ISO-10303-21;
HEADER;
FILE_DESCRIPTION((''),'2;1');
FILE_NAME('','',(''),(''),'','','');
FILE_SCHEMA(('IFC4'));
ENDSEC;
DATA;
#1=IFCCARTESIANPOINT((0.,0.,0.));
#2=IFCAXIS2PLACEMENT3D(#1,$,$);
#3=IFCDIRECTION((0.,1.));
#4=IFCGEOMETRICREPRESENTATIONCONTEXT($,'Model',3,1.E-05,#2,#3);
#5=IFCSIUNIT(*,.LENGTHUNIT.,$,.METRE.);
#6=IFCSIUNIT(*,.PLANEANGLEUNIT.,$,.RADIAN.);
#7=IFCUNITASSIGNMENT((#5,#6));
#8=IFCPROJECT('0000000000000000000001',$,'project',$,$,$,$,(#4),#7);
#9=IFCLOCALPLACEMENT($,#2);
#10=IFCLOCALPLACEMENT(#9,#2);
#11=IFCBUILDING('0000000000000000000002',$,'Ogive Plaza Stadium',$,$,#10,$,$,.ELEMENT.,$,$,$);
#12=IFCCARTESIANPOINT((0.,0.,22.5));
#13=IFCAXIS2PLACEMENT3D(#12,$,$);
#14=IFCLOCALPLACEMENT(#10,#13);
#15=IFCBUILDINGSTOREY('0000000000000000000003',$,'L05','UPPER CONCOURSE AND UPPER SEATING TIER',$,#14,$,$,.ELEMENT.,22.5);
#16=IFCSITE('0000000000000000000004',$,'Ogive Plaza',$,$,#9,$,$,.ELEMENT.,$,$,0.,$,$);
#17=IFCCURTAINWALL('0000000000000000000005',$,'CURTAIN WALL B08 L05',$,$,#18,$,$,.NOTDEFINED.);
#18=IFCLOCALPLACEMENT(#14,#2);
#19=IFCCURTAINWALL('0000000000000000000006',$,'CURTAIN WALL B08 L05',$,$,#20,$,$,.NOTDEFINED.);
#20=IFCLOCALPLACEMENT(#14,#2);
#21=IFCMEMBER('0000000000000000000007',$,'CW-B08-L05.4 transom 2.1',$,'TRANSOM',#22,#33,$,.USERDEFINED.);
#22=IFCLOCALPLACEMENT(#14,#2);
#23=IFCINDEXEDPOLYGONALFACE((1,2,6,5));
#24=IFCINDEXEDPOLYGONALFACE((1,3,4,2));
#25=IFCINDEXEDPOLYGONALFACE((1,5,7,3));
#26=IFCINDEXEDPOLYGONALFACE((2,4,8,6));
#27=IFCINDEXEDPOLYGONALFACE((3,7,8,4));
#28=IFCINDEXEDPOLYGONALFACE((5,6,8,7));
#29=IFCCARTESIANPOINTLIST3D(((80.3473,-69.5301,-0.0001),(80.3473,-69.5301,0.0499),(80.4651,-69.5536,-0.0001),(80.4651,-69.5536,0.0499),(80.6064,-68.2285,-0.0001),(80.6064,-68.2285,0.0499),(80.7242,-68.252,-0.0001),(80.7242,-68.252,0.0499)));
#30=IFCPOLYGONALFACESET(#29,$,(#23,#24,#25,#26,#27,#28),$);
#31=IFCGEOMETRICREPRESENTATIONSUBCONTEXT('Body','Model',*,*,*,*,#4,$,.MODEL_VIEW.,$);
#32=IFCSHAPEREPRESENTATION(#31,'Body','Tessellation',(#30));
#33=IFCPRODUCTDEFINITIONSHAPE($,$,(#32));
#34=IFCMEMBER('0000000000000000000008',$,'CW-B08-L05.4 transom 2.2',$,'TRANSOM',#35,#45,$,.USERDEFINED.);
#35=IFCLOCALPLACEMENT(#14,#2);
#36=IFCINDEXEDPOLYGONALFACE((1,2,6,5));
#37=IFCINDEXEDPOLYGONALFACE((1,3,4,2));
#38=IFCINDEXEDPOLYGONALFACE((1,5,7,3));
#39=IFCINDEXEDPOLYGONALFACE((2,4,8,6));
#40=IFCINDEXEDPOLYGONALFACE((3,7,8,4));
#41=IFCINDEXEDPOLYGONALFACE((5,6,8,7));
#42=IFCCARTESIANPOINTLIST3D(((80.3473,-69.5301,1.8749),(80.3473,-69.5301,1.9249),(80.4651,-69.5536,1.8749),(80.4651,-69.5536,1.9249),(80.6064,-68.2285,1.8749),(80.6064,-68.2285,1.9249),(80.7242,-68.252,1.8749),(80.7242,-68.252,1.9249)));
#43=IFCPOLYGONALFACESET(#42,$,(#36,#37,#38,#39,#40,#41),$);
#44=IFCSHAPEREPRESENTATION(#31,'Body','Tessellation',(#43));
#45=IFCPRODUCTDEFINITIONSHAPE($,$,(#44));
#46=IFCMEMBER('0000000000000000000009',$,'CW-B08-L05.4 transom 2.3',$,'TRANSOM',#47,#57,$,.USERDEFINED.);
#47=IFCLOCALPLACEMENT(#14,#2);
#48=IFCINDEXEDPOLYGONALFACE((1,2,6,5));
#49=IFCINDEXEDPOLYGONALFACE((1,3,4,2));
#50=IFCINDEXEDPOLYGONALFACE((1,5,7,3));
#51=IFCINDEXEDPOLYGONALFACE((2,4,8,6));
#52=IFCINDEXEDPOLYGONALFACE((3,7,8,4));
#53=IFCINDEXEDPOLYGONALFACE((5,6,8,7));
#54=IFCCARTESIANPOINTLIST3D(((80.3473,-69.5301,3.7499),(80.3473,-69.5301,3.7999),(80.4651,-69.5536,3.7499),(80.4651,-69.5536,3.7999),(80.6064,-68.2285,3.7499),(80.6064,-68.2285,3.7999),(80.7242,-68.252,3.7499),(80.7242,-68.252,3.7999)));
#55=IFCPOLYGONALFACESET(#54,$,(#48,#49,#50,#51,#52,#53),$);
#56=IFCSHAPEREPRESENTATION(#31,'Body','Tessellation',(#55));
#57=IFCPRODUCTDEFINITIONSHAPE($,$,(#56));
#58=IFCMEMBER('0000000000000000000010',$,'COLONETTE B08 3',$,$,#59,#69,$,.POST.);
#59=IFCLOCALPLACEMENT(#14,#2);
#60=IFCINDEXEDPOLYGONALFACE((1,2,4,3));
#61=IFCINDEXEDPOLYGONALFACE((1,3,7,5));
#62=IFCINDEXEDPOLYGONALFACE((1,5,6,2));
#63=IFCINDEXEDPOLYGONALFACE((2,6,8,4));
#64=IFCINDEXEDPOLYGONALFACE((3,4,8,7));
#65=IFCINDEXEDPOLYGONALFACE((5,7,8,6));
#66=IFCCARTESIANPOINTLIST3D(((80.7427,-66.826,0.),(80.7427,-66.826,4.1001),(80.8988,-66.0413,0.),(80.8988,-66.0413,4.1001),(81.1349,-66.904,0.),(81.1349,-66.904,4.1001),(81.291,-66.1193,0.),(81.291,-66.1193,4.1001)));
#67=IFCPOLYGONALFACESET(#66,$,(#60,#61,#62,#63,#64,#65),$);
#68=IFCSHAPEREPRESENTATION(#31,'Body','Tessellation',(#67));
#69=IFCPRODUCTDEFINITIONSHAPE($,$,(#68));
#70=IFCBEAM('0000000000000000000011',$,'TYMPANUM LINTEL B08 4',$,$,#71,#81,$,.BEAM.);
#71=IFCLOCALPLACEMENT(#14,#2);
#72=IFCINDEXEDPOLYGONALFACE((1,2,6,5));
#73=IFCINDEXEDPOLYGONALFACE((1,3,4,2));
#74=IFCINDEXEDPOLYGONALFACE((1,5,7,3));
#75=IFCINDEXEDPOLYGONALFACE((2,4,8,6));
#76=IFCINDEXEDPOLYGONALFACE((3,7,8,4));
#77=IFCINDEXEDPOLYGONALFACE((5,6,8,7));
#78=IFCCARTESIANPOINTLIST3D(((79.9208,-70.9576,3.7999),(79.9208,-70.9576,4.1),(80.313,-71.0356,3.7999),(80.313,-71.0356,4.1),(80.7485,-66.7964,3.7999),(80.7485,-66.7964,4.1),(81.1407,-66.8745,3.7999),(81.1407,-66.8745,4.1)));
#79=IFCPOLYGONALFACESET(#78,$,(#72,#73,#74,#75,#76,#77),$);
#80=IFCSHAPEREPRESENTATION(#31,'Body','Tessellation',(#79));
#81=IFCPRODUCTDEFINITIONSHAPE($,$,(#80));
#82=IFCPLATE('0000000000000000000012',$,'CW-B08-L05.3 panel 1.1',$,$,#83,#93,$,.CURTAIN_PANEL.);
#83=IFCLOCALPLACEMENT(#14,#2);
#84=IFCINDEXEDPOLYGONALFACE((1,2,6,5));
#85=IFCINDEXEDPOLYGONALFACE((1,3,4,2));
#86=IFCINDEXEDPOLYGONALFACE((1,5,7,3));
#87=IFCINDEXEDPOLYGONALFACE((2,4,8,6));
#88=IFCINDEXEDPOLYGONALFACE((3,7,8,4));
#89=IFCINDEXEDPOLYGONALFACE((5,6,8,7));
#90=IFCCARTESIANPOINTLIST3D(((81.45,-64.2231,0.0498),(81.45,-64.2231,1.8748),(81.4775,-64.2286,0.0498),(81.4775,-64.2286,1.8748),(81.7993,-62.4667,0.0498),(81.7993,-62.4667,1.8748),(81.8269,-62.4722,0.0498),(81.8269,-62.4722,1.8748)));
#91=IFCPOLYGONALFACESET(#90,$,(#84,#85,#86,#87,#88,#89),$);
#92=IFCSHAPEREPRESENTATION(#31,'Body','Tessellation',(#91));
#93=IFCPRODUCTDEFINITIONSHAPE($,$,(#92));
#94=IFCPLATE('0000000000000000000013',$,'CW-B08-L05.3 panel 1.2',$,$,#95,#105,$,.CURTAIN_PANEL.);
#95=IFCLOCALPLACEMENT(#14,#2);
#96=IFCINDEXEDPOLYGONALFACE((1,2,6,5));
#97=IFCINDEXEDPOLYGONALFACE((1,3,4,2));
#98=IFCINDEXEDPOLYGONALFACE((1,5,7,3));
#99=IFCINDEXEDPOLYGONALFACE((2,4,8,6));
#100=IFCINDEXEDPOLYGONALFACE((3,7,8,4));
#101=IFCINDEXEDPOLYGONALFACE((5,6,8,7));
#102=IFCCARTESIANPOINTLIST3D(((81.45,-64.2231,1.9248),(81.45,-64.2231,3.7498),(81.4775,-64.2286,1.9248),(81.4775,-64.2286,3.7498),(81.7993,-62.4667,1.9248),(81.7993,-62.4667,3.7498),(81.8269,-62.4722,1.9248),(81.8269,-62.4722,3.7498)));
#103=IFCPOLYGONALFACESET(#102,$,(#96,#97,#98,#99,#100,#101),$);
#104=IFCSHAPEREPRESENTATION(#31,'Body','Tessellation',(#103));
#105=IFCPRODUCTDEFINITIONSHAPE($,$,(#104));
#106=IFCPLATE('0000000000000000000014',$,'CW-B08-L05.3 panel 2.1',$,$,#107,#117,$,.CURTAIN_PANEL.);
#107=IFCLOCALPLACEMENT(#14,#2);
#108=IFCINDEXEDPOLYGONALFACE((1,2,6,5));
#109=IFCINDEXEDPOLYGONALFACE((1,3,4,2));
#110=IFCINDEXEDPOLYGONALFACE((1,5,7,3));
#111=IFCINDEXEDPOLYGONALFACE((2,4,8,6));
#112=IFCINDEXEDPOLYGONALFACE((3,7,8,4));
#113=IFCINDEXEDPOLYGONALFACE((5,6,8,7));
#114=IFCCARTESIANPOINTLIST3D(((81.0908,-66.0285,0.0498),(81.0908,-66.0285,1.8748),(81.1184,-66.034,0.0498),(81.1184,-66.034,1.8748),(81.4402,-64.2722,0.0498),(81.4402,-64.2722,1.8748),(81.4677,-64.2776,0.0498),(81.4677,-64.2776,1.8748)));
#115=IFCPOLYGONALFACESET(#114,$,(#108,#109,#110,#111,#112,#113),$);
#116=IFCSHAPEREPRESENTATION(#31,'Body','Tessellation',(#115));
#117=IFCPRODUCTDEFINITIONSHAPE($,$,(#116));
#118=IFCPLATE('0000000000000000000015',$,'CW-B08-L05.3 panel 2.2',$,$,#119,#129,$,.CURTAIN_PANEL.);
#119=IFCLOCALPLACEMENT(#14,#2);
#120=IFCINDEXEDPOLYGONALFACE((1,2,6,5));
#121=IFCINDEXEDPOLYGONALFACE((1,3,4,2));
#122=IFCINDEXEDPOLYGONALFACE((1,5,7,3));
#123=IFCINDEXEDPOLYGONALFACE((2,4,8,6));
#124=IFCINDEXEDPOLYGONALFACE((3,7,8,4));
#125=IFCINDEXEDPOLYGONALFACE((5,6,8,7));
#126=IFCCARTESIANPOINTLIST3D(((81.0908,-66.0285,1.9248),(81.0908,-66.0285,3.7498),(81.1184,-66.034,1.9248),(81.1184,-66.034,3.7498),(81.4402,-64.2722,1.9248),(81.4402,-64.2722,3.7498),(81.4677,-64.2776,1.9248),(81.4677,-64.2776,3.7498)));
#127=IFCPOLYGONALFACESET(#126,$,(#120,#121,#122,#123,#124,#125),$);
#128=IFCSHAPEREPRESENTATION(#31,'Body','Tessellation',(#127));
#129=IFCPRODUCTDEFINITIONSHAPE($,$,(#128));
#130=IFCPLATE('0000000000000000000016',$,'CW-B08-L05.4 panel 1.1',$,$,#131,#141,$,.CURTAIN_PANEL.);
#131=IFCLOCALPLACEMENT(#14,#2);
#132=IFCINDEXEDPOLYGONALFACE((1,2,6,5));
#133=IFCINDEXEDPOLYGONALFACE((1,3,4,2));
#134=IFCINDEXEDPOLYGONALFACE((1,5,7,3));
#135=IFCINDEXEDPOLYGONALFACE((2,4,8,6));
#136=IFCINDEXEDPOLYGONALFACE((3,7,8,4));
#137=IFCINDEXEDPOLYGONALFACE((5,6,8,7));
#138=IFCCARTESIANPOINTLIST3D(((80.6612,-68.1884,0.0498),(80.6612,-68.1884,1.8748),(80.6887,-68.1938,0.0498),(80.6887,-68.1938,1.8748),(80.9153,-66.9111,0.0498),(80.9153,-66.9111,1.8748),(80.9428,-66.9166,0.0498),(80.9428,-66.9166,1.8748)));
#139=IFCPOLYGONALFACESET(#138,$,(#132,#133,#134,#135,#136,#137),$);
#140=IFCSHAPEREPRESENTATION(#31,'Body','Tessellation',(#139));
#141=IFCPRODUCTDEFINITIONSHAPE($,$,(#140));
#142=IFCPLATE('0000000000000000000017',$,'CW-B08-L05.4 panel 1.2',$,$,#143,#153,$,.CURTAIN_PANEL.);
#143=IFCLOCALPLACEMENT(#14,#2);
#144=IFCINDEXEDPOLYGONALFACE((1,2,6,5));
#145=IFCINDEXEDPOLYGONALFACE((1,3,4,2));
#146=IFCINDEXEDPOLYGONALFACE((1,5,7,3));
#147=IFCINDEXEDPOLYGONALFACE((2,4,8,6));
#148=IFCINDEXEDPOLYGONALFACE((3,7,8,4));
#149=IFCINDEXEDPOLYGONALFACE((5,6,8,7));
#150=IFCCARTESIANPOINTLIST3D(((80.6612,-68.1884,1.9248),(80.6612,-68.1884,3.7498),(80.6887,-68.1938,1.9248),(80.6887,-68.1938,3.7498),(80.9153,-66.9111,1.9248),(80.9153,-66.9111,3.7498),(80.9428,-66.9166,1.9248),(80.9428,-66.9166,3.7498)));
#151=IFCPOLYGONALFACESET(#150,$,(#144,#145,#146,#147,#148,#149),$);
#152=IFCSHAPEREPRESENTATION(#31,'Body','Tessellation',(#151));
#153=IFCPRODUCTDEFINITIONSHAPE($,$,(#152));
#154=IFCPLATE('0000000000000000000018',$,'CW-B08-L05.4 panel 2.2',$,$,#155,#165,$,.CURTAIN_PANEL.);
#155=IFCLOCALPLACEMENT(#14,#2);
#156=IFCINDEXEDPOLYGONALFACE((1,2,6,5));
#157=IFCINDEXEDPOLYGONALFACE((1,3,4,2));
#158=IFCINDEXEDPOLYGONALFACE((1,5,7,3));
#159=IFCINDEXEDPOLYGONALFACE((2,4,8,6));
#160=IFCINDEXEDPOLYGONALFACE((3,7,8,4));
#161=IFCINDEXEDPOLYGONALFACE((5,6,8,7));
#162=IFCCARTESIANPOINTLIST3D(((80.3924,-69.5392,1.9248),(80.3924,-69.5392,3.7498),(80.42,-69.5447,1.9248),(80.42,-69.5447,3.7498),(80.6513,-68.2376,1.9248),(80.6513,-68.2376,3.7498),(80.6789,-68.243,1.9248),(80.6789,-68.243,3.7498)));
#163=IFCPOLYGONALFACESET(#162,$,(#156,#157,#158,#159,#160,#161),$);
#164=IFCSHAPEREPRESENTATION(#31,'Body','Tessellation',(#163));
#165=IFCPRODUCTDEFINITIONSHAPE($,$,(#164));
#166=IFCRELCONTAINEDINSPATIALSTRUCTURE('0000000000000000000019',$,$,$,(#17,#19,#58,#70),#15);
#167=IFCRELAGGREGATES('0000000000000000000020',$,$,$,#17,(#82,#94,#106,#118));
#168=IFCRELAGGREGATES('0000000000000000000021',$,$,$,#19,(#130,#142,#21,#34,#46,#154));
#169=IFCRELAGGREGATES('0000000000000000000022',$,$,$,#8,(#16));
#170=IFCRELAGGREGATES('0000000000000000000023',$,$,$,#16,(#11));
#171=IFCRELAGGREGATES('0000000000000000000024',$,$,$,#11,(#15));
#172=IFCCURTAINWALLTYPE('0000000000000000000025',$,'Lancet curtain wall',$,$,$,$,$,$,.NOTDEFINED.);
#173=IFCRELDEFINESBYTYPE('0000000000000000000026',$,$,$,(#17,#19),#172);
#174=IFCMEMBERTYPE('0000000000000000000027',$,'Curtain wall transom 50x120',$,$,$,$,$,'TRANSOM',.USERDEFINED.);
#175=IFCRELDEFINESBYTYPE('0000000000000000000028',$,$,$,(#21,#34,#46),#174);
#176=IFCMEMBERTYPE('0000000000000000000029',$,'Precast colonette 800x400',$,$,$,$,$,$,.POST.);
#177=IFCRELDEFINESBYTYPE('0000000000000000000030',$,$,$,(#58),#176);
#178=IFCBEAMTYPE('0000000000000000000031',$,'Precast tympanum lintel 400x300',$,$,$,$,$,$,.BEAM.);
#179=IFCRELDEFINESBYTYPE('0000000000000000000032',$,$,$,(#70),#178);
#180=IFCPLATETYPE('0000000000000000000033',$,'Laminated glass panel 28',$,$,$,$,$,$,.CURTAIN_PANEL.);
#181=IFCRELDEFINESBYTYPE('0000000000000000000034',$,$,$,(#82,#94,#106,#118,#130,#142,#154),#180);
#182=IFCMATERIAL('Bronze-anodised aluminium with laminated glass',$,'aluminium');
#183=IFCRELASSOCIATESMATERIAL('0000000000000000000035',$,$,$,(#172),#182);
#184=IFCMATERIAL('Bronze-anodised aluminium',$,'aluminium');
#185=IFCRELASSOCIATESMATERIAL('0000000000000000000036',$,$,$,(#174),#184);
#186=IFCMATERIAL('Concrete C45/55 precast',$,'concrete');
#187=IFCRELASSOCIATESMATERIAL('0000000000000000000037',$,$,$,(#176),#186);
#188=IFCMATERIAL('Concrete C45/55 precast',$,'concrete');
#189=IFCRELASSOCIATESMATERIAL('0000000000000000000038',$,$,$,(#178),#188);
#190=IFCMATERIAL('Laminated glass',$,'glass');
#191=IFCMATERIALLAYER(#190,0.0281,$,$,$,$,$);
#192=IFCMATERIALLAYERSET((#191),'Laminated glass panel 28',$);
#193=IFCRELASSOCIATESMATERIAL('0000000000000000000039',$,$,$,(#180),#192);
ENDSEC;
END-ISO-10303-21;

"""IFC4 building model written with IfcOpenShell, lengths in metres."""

from ifc_helpers import new_model, si_unit, direction, frame, origin, origin_2d, place, context, subcontext, project, spatial, rectangle, extrude, material, layer, layer_set, material_profile, profile_set, type_object, element, aggregate, save


model = new_model("IFC4")

# Units and contexts
model_context = context("Model", 3, precision=1e-05, world=origin(), true_north=direction((0.0, 1.0)))
body_context = subcontext(model_context, "Body", "Model", "MODEL_VIEW")
ifc_project = project(units=[si_unit("LENGTHUNIT", "METRE"), si_unit("PLANEANGLEUNIT", "RADIAN")], contexts=[model_context])

# Site, building, storey
site_placement = place(None, origin())
site = spatial("IfcSite", under=ifc_project, at=site_placement, Name="Ogive Plaza", CompositionType="ELEMENT", RefElevation=0.0)
building_placement = place(site_placement, origin())
building = spatial("IfcBuilding", under=site, at=building_placement, Name="Ogive Plaza Stadium", CompositionType="ELEMENT")
storey_placement = place(building_placement, frame((0.0, 0.0, 22.5)))
storey = spatial("IfcBuildingStorey", under=building, at=storey_placement, Name="L05", Description="UPPER CONCOURSE AND UPPER SEATING TIER", CompositionType="ELEMENT", Elevation=22.5)

# Curtain walls
ifc_material_1 = material(Name="Bronze-anodised aluminium with laminated glass", Category="aluminium")
curtain_wall_type = type_object("IfcCurtainWallType", Name="Lancet curtain wall", PredefinedType="NOTDEFINED", material=ifc_material_1)
curtain_wall_1_placement = place(storey_placement, origin())
curtain_wall_1 = element("IfcCurtainWall", 1, at=curtain_wall_1_placement, inside=storey, type_object=curtain_wall_type, Name="CURTAIN WALL B08 L05", PredefinedType="NOTDEFINED")
curtain_wall_2_placement = place(storey_placement, origin())
curtain_wall_2 = element("IfcCurtainWall", 2, at=curtain_wall_2_placement, inside=storey, type_object=curtain_wall_type, Name="CURTAIN WALL B08 L05", PredefinedType="NOTDEFINED")

# Members
ifc_material_2 = material(Name="Bronze-anodised aluminium", Category="aluminium")
ifc_material_profile_1 = material_profile(ifc_material_2, rectangle(XDim=0.1201, YDim=0.05, at=origin_2d()), Name="AL 120x50")
ifc_profile_set_1 = profile_set([ifc_material_profile_1], Name="Bronze-anodised aluminium")
member_type_1 = type_object("IfcMemberType", Name="Curtain wall transom 50x120", ElementType="TRANSOM", PredefinedType="USERDEFINED", material=ifc_profile_set_1)
member_1_placement = place(storey_placement, frame((80.6653, -68.2402, 0.0249), z_axis=(-0.195196, -0.980764, 0.0), x_axis=(0.980764, -0.195196, 0.0)))
member_1 = element("IfcMember", 3, at=member_1_placement, type_object=member_type_1, Name="CW-B08-L05.4 transom 2.1", ObjectType="TRANSOM", PredefinedType="USERDEFINED", context=body_context, shape_type="SweptSolid", body=[
    extrude(rectangle(XDim=0.1201, YDim=0.05, at=origin_2d()), origin(), (0.0, 0.0, 1.0), 1.3271),
])
member_2_placement = place(storey_placement, frame((80.6653, -68.2402, 1.8999), z_axis=(-0.195196, -0.980764, 0.0), x_axis=(0.980764, -0.195196, 0.0)))
member_2 = element("IfcMember", 4, at=member_2_placement, type_object=member_type_1, Name="CW-B08-L05.4 transom 2.2", ObjectType="TRANSOM", PredefinedType="USERDEFINED", context=body_context, shape_type="SweptSolid", body=[
    extrude(rectangle(XDim=0.1201, YDim=0.05, at=origin_2d()), origin(), (0.0, 0.0, 1.0), 1.3271),
])
member_3_placement = place(storey_placement, frame((80.6653, -68.2402, 3.7749), z_axis=(-0.195196, -0.980764, 0.0), x_axis=(0.980764, -0.195196, 0.0)))
member_3 = element("IfcMember", 5, at=member_3_placement, type_object=member_type_1, Name="CW-B08-L05.4 transom 2.3", ObjectType="TRANSOM", PredefinedType="USERDEFINED", context=body_context, shape_type="SweptSolid", body=[
    extrude(rectangle(XDim=0.1201, YDim=0.05, at=origin_2d()), origin(), (0.0, 0.0, 1.0), 1.3271),
])
ifc_material_3 = material(Name="Concrete C45/55 precast", Category="concrete")
ifc_material_profile_2 = material_profile(ifc_material_3, rectangle(XDim=0.3999, YDim=0.8, at=origin_2d()), Name="RC 400x800")
ifc_profile_set_2 = profile_set([ifc_material_profile_2], Name="Concrete C45/55 precast")
member_type_2 = type_object("IfcMemberType", Name="Precast colonette 800x400", PredefinedType="POST", material=ifc_profile_set_2)
member_4_placement = place(storey_placement, frame((81.0168, -66.4727, 0.0), z_axis=(0.0, 0.0, 1.0), x_axis=(0.980785, -0.19509, 0.0)))
element("IfcMember", 6, at=member_4_placement, inside=storey, type_object=member_type_2, Name="COLONETTE B08 3", PredefinedType="POST", context=body_context, shape_type="SweptSolid", body=[
    extrude(rectangle(XDim=0.3999, YDim=0.8, at=origin_2d()), origin(), (0.0, 0.0, 1.0), 4.1001),
])

# Beam
ifc_material_4 = material(Name="Concrete C45/55 precast", Category="concrete")
ifc_material_profile_3 = material_profile(ifc_material_4, rectangle(XDim=0.3999, YDim=0.3, at=origin_2d()), Name="RC 400x300")
ifc_profile_set_3 = profile_set([ifc_material_profile_3], Name="Concrete C45/55 precast")
beam_type = type_object("IfcBeamType", Name="Precast tympanum lintel 400x300", PredefinedType="BEAM", material=ifc_profile_set_3)
beam_placement = place(storey_placement, frame((80.9446, -66.8354, 3.95), z_axis=(-0.195076, -0.980788, 0.0), x_axis=(0.980788, -0.195076, 0.0)))
element("IfcBeam", 7, at=beam_placement, inside=storey, type_object=beam_type, Name="TYMPANUM LINTEL B08 4", PredefinedType="BEAM", context=body_context, shape_type="SweptSolid", body=[
    extrude(rectangle(XDim=0.3999, YDim=0.3, at=origin_2d()), origin(), (0.0, 0.0, 1.0), 4.2427),
])

# Plates
ifc_material_5 = material(Name="Laminated glass", Category="glass")
ifc_layer_1 = layer(ifc_material_5, 0.0281)
ifc_layer_set_1 = layer_set([ifc_layer_1], Name="Laminated glass panel 28")
plate_type = type_object("IfcPlateType", Name="Laminated glass panel 28", PredefinedType="CURTAIN_PANEL", material=ifc_layer_set_1)
plate_1_placement = place(storey_placement, frame((81.6384, -63.3477, 0.0498), z_axis=(0.0, 0.0, 1.0), x_axis=(-0.19509, -0.980785, 0.0)))
plate_1 = element("IfcPlate", 8, at=plate_1_placement, type_object=plate_type, Name="CW-B08-L05.3 panel 1.1", PredefinedType="CURTAIN_PANEL", context=body_context, shape_type="SweptSolid", body=[
    extrude(rectangle(XDim=1.7908, YDim=0.0281, at=origin_2d()), origin(), (0.0, 0.0, 1.0), 1.825),
])
plate_2_placement = place(storey_placement, frame((81.6384, -63.3477, 1.9248), z_axis=(0.0, 0.0, 1.0), x_axis=(-0.19509, -0.980785, 0.0)))
plate_2 = element("IfcPlate", 9, at=plate_2_placement, type_object=plate_type, Name="CW-B08-L05.3 panel 1.2", PredefinedType="CURTAIN_PANEL", context=body_context, shape_type="SweptSolid", body=[
    extrude(rectangle(XDim=1.7908, YDim=0.0281, at=origin_2d()), origin(), (0.0, 0.0, 1.0), 1.825),
])
plate_3_placement = place(storey_placement, frame((81.2793, -65.1531, 0.0498), z_axis=(0.0, 0.0, 1.0), x_axis=(-0.19509, -0.980785, 0.0)))
plate_3 = element("IfcPlate", 10, at=plate_3_placement, type_object=plate_type, Name="CW-B08-L05.3 panel 2.1", PredefinedType="CURTAIN_PANEL", context=body_context, shape_type="SweptSolid", body=[
    extrude(rectangle(XDim=1.7908, YDim=0.0281, at=origin_2d()), origin(), (0.0, 0.0, 1.0), 1.825),
])
plate_4_placement = place(storey_placement, frame((81.2793, -65.1531, 1.9248), z_axis=(0.0, 0.0, 1.0), x_axis=(-0.19509, -0.980785, 0.0)))
plate_4 = element("IfcPlate", 11, at=plate_4_placement, type_object=plate_type, Name="CW-B08-L05.3 panel 2.2", PredefinedType="CURTAIN_PANEL", context=body_context, shape_type="SweptSolid", body=[
    extrude(rectangle(XDim=1.7908, YDim=0.0281, at=origin_2d()), origin(), (0.0, 0.0, 1.0), 1.825),
])
aggregate(curtain_wall_1, [plate_1, plate_2, plate_3, plate_4])
plate_5_placement = place(storey_placement, frame((80.802, -67.5525, 0.0498), z_axis=(0.0, 0.0, 1.0), x_axis=(-0.19509, -0.980785, 0.0)))
plate_5 = element("IfcPlate", 12, at=plate_5_placement, type_object=plate_type, Name="CW-B08-L05.4 panel 1.1", PredefinedType="CURTAIN_PANEL", context=body_context, shape_type="SweptSolid", body=[
    extrude(rectangle(XDim=1.3022, YDim=0.0281, at=origin_2d()), origin(), (0.0, 0.0, 1.0), 1.825),
])
plate_6_placement = place(storey_placement, frame((80.802, -67.5525, 1.9248), z_axis=(0.0, 0.0, 1.0), x_axis=(-0.19509, -0.980785, 0.0)))
plate_6 = element("IfcPlate", 13, at=plate_6_placement, type_object=plate_type, Name="CW-B08-L05.4 panel 1.2", PredefinedType="CURTAIN_PANEL", context=body_context, shape_type="SweptSolid", body=[
    extrude(rectangle(XDim=1.3022, YDim=0.0281, at=origin_2d()), origin(), (0.0, 0.0, 1.0), 1.825),
])
plate_7_placement = place(storey_placement, frame((80.5356, -68.8911, 1.9248), z_axis=(0.0, 0.0, 1.0), x_axis=(-0.19509, -0.980785, 0.0)))
plate_7 = element("IfcPlate", 14, at=plate_7_placement, type_object=plate_type, Name="CW-B08-L05.4 panel 2.2", PredefinedType="CURTAIN_PANEL", context=body_context, shape_type="SweptSolid", body=[
    extrude(rectangle(XDim=1.3271, YDim=0.0281, at=origin_2d()), origin(), (0.0, 0.0, 1.0), 1.825),
])
aggregate(curtain_wall_2, [plate_5, plate_6, member_1, member_2, member_3, plate_7])

save(model, "model.ifc")
